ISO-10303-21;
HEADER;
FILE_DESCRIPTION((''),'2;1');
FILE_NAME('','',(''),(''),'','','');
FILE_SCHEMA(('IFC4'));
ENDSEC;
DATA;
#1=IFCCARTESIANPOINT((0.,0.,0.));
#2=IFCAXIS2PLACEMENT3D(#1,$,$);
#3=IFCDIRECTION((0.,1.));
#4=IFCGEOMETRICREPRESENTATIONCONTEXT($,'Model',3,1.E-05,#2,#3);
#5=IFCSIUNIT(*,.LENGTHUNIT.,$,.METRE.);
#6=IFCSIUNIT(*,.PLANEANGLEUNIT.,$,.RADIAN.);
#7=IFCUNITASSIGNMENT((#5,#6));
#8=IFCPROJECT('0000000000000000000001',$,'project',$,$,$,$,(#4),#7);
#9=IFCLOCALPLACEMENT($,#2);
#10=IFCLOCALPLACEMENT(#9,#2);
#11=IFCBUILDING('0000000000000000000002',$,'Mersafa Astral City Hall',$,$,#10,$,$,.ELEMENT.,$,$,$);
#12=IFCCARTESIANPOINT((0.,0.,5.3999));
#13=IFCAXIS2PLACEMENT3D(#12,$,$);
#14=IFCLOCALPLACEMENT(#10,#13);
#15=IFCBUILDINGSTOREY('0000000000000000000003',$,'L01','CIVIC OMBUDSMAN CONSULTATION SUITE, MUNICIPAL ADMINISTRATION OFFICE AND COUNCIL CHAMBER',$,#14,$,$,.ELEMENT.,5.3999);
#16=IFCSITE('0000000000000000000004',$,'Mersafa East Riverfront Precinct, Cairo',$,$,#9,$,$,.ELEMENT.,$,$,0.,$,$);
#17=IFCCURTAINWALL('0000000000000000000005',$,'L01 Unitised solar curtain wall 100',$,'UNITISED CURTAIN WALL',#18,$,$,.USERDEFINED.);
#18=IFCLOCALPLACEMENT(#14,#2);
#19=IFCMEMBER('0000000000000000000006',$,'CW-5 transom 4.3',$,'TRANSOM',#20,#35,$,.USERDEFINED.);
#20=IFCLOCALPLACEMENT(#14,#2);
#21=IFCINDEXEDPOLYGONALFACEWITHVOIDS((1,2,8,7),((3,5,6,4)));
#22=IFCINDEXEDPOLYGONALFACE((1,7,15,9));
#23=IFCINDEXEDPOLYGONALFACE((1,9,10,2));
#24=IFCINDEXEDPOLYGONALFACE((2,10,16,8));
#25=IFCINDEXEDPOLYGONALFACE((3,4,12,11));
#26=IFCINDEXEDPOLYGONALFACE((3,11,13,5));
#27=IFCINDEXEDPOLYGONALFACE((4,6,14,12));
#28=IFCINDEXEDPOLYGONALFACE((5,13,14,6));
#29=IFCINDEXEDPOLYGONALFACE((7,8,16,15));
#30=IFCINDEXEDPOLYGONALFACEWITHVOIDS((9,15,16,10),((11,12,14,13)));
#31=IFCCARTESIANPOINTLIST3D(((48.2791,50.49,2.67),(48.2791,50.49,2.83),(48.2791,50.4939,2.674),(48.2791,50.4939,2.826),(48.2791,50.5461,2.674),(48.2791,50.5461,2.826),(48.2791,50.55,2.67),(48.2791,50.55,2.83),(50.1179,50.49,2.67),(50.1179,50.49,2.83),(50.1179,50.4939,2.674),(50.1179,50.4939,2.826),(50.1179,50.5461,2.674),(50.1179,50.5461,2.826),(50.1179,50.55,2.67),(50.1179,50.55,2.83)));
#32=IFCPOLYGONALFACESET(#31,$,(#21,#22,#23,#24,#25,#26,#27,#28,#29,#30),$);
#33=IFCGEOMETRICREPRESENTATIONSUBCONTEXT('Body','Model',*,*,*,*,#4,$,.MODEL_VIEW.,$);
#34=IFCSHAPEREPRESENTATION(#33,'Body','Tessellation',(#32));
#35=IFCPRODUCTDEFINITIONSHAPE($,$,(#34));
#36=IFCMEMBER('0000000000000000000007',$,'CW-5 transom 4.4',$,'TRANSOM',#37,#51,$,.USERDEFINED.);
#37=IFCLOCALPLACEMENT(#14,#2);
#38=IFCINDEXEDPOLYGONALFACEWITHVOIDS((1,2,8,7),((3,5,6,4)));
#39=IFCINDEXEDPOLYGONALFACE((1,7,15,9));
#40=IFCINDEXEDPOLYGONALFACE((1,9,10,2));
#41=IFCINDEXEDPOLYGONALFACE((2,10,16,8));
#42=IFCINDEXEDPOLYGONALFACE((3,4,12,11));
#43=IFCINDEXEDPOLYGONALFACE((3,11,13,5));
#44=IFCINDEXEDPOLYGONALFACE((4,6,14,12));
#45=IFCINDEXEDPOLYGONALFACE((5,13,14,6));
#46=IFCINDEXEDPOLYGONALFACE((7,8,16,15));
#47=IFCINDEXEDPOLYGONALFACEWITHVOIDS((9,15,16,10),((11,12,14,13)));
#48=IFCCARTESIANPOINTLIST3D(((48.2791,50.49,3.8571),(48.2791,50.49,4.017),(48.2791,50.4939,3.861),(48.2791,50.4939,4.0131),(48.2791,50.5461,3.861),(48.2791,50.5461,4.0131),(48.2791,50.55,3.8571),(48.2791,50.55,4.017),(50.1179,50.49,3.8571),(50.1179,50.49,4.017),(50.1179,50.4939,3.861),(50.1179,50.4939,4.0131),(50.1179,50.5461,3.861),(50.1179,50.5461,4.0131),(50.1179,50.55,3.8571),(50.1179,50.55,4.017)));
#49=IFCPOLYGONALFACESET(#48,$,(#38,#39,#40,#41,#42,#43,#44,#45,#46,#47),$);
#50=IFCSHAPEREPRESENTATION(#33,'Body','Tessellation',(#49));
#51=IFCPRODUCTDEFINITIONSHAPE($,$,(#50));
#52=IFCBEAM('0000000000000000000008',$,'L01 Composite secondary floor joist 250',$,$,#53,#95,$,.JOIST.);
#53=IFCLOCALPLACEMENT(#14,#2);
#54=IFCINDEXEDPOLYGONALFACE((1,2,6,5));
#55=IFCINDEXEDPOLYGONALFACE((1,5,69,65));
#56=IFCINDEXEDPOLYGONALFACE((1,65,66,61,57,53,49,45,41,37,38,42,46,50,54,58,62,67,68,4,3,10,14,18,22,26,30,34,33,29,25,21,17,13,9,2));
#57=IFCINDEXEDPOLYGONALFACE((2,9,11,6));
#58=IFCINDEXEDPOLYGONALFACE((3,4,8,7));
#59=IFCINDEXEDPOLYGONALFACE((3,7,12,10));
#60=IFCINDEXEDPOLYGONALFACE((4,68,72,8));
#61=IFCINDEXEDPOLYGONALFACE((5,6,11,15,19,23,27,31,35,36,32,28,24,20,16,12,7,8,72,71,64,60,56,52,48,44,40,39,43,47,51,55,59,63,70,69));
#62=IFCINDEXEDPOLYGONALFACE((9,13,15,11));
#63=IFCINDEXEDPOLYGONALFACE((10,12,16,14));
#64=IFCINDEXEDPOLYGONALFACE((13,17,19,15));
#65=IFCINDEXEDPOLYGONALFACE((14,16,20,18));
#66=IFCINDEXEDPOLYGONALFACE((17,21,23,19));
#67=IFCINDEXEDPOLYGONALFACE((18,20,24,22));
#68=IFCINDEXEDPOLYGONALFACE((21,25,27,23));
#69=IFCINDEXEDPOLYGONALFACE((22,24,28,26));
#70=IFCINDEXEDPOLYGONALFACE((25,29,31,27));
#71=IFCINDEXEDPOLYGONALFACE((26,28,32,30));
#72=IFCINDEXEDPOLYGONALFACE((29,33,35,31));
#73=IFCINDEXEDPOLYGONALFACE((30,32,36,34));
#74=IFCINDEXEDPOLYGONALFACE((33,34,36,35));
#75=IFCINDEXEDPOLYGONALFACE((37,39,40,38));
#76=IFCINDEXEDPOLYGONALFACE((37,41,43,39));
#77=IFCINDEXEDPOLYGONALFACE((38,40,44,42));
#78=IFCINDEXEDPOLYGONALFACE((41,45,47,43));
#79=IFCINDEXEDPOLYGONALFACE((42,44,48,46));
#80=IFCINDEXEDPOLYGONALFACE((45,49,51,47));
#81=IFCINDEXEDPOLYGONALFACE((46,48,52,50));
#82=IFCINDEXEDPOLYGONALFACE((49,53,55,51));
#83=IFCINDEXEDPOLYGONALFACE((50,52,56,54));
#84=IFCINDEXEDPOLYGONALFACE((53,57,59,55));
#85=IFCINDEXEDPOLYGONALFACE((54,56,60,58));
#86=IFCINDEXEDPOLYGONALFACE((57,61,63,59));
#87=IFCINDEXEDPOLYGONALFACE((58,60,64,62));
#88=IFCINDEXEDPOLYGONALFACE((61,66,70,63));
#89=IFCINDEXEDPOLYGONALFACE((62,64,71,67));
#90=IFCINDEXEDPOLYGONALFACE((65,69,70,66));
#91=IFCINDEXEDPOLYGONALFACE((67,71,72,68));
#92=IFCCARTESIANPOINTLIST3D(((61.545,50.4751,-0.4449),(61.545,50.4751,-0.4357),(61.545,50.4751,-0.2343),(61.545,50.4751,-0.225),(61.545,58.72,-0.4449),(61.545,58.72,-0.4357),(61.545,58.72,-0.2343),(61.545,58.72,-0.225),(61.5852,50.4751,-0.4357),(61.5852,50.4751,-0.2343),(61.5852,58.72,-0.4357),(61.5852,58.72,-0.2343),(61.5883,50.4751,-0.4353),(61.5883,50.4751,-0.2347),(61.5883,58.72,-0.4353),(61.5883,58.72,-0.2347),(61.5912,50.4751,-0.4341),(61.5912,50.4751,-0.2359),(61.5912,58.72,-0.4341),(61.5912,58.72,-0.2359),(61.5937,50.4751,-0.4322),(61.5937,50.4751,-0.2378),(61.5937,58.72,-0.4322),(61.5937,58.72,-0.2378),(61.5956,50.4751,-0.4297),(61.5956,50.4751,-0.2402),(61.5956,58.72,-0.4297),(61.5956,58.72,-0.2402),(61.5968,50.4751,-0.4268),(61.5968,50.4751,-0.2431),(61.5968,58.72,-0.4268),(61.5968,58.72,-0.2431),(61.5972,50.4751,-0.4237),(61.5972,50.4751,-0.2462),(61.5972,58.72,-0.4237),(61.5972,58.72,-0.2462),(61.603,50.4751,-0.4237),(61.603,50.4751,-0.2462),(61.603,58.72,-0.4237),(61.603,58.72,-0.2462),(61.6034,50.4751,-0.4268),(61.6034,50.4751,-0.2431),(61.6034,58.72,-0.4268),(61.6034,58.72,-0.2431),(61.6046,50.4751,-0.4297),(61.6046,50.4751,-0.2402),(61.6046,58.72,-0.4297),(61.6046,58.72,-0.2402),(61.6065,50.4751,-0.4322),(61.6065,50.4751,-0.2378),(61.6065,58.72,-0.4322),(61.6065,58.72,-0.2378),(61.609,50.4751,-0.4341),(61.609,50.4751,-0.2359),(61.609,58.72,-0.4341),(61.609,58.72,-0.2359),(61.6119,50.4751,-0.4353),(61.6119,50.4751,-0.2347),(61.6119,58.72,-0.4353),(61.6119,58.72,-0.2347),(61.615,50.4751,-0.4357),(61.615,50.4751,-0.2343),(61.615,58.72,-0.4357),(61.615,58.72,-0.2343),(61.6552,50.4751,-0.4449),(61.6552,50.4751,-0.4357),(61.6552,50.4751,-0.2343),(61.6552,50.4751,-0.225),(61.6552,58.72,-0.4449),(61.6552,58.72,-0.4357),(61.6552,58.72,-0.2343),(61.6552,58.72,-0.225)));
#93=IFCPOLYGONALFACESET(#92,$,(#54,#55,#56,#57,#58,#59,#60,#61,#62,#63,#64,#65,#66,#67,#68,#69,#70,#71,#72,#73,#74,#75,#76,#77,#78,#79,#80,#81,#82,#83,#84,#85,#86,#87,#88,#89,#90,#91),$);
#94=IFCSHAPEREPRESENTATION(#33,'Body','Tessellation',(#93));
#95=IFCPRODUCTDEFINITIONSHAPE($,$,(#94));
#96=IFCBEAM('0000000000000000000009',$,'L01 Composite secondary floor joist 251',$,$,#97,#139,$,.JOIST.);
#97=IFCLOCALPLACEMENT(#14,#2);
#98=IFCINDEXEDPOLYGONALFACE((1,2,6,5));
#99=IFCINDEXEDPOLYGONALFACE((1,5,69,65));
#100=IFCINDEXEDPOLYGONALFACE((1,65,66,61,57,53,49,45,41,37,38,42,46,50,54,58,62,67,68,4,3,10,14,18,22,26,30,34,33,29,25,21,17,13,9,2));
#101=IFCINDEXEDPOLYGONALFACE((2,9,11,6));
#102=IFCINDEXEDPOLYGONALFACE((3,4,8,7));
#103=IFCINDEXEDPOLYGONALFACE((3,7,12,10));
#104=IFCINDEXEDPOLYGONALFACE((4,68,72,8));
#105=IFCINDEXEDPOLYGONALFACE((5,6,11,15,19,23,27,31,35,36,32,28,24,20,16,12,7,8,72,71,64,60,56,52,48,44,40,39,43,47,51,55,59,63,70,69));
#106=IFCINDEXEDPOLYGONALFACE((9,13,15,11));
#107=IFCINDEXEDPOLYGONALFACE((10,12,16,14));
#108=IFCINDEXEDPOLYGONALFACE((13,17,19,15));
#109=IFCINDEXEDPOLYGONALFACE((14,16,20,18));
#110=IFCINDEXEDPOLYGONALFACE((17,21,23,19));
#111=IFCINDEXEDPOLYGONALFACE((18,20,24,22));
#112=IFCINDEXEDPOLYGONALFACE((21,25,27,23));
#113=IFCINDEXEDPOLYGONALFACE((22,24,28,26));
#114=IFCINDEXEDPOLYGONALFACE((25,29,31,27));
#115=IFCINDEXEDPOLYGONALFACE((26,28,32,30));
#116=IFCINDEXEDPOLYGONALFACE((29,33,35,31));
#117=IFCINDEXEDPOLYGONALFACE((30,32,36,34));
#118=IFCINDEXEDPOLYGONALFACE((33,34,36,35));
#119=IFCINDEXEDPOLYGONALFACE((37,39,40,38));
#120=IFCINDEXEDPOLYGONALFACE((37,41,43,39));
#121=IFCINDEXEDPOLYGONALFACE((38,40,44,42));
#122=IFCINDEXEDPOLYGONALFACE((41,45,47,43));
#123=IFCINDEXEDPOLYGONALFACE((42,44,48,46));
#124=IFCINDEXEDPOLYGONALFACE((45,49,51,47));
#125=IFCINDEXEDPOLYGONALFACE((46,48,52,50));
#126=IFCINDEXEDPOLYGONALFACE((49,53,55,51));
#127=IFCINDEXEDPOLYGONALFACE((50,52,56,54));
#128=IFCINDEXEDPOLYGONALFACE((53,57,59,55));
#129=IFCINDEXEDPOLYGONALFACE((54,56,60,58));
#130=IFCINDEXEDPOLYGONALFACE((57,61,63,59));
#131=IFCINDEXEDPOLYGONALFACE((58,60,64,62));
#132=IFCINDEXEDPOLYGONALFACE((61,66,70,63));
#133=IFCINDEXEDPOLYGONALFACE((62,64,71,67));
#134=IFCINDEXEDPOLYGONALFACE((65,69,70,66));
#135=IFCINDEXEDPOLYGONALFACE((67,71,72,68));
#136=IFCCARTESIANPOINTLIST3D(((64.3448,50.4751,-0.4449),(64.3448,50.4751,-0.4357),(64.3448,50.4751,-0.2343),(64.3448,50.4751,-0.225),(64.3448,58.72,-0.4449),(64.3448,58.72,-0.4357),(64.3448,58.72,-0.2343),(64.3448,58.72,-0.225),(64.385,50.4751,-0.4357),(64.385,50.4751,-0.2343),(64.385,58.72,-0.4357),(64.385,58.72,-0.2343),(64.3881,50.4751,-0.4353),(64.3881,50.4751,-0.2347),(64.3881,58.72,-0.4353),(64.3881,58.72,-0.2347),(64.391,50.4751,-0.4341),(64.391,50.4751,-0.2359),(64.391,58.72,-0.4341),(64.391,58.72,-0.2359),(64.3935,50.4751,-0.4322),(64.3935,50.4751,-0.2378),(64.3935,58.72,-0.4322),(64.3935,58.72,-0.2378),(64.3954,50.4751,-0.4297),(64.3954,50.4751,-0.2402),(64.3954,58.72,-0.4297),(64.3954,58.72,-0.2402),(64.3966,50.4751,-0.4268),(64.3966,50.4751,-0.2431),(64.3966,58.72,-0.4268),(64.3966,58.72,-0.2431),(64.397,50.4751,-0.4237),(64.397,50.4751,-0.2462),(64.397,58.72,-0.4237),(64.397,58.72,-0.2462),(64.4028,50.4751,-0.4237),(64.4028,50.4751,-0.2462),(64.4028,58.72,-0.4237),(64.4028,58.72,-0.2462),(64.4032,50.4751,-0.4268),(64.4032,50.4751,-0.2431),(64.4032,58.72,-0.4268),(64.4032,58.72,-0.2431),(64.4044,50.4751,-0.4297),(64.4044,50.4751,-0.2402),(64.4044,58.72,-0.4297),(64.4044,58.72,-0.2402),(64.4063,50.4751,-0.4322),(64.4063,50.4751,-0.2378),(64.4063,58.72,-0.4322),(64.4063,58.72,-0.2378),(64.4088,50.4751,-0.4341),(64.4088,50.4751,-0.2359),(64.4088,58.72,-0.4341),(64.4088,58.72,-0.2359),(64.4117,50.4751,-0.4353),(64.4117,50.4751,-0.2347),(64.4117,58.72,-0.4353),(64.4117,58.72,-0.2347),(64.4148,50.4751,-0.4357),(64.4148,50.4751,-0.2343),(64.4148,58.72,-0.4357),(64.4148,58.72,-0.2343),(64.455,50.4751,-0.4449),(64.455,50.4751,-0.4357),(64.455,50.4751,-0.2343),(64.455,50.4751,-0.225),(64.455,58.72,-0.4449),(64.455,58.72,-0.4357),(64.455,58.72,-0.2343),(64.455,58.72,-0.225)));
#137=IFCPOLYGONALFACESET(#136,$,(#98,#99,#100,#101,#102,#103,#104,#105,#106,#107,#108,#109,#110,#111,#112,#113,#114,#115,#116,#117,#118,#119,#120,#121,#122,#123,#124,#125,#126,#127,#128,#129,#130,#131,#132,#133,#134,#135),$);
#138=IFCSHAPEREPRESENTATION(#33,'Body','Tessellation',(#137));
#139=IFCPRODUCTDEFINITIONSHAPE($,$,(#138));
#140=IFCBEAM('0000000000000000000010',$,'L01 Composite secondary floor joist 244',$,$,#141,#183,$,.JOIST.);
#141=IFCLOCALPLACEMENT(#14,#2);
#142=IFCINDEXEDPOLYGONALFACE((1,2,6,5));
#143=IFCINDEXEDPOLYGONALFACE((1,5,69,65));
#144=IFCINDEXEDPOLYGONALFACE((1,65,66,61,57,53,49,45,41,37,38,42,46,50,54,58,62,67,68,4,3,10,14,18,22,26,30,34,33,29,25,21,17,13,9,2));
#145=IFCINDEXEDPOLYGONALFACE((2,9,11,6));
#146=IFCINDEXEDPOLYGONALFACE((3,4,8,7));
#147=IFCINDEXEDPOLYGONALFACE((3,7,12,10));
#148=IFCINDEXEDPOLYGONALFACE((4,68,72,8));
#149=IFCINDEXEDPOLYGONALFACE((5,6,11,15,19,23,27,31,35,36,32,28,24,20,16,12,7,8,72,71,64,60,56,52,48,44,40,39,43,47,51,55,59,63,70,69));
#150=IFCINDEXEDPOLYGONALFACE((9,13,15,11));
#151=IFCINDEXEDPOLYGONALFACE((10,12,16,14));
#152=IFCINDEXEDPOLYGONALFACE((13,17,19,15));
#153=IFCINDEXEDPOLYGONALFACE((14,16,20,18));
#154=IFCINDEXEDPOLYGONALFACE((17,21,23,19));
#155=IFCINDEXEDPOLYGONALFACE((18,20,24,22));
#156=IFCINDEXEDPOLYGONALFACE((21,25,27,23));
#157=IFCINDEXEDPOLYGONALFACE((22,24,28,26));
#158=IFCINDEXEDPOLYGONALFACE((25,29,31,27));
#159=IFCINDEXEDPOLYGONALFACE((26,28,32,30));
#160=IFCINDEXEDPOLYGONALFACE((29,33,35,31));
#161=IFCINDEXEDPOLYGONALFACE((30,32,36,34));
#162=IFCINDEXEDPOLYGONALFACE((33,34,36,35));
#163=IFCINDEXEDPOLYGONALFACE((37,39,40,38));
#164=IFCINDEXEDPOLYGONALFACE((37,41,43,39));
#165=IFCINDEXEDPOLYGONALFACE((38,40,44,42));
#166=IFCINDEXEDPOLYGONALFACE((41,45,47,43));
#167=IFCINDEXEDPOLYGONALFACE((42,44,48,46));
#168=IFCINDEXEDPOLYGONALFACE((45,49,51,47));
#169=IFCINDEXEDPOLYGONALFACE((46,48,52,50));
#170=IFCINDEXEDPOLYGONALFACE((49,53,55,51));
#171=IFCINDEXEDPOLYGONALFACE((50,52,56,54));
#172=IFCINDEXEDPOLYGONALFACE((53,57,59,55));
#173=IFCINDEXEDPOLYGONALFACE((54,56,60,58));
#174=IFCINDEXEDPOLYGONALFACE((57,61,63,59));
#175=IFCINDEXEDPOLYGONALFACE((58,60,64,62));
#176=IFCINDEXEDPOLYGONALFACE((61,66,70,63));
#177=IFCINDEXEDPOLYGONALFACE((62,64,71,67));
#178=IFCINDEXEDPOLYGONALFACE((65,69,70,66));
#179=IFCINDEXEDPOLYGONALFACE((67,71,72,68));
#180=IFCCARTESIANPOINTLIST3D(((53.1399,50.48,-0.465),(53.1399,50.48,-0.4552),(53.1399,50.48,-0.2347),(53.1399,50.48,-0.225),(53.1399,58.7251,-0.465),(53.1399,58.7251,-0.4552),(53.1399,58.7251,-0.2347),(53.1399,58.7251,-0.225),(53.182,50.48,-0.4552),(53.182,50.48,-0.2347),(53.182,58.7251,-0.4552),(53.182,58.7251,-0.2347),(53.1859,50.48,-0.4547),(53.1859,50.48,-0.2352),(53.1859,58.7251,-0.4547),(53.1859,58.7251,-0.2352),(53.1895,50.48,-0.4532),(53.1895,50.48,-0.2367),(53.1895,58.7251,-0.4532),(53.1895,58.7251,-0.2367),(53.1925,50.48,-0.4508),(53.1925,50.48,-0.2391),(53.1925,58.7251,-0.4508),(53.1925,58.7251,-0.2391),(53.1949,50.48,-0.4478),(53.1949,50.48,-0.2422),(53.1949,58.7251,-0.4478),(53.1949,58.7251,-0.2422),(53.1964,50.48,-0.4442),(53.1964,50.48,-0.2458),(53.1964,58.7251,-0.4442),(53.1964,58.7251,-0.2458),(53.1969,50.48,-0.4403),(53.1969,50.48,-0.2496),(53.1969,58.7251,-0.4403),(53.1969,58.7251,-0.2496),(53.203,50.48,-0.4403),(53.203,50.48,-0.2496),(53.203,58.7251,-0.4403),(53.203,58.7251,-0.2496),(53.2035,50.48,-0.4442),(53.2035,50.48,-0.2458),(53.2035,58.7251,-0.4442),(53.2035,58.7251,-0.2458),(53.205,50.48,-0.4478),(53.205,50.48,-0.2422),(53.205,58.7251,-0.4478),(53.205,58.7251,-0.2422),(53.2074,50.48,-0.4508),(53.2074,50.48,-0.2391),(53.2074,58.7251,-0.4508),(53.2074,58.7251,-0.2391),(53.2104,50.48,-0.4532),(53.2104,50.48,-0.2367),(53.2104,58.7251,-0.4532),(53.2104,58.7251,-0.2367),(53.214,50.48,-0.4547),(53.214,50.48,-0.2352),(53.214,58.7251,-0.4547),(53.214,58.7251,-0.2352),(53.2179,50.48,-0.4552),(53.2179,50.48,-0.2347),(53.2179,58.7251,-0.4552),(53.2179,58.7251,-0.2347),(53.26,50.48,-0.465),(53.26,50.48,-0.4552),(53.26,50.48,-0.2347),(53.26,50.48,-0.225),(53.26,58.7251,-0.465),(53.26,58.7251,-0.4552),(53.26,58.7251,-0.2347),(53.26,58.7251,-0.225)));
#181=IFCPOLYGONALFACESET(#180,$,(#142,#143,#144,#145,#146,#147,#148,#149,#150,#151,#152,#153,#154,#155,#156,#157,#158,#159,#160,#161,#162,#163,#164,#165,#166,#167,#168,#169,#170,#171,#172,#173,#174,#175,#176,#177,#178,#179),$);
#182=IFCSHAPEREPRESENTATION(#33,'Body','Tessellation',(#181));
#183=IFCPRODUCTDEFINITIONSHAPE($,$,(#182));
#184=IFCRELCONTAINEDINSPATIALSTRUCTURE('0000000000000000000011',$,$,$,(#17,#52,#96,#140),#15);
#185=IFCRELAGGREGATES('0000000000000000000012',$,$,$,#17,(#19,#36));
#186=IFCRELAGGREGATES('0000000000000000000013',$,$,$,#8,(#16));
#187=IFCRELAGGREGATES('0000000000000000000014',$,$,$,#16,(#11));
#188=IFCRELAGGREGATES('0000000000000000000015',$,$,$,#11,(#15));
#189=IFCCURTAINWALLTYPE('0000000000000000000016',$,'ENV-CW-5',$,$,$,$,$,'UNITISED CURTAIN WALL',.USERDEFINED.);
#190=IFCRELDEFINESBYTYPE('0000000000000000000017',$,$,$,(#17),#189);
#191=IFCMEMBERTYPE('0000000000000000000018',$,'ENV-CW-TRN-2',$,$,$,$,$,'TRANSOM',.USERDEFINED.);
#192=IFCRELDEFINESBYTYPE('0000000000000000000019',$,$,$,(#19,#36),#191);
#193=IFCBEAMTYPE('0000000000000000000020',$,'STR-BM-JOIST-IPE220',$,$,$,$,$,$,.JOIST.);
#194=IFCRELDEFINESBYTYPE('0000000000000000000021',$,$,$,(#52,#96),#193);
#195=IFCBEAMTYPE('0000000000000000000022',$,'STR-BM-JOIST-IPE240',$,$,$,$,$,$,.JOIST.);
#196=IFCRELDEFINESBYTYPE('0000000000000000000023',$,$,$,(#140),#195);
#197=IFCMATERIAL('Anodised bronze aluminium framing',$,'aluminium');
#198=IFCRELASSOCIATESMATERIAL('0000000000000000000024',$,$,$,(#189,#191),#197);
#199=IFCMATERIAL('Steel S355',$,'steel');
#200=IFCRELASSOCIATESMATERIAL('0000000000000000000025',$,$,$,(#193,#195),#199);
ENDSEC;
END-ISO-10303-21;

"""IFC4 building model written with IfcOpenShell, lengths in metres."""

from ifc_helpers import new_model, si_unit, direction, frame, origin, origin_2d, place, context, subcontext, project, spatial, hollow_rectangle, i_section, extrude, material, material_profile, profile_set, type_object, element, aggregate, save


model = new_model("IFC4")

# Units and contexts
model_context = context("Model", 3, precision=1e-05, world=origin(), true_north=direction((0.0, 1.0)))
body_context = subcontext(model_context, "Body", "Model", "MODEL_VIEW")
ifc_project = project(units=[si_unit("LENGTHUNIT", "METRE"), si_unit("PLANEANGLEUNIT", "RADIAN")], contexts=[model_context])

# Site, building, storey
site_placement = place(None, origin())
site = spatial("IfcSite", under=ifc_project, at=site_placement, Name="Mersafa East Riverfront Precinct, Cairo", CompositionType="ELEMENT", RefElevation=0.0)
building_placement = place(site_placement, origin())
building = spatial("IfcBuilding", under=site, at=building_placement, Name="Mersafa Astral City Hall", CompositionType="ELEMENT")
storey_placement = place(building_placement, frame((0.0, 0.0, 5.3999)))
storey = spatial("IfcBuildingStorey", under=building, at=storey_placement, Name="L01", Description="CIVIC OMBUDSMAN CONSULTATION SUITE, MUNICIPAL ADMINISTRATION OFFICE AND COUNCIL CHAMBER", CompositionType="ELEMENT", Elevation=5.3999)

# Shared definitions
ifc_material_1 = material(Name="Steel S355", Category="steel")

# Curtain wall, members
ifc_material_2 = material(Name="Anodised bronze aluminium framing", Category="aluminium")
curtain_wall_type = type_object("IfcCurtainWallType", Name="ENV-CW-5", ElementType="UNITISED CURTAIN WALL", PredefinedType="USERDEFINED", material=ifc_material_2)
curtain_wall_placement = place(storey_placement, origin())
curtain_wall = element("IfcCurtainWall", 1, at=curtain_wall_placement, inside=storey, type_object=curtain_wall_type, Name="L01 Unitised solar curtain wall 100", ObjectType="UNITISED CURTAIN WALL", PredefinedType="USERDEFINED")
ifc_material_profile_1 = material_profile(ifc_material_2, hollow_rectangle(XDim=0.0601, YDim=0.1599, WallThickness=0.0039, at=origin_2d()), Name="RHS 60x160x4")
ifc_profile_set_1 = profile_set([ifc_material_profile_1], Name="Anodised bronze aluminium framing")
member_type_1 = type_object("IfcMemberType", Name="ENV-CW-TRN-2", ElementType="TRANSOM", PredefinedType="USERDEFINED", material=ifc_profile_set_1)
member_1_placement = place(storey_placement, frame((48.2791, 50.52, 2.75), z_axis=(1.0, 0.0, 0.0), x_axis=(0.0, 1.0, 0.0)))
member_1 = element("IfcMember", 2, at=member_1_placement, type_object=member_type_1, Name="CW-5 transom 4.3", ObjectType="TRANSOM", PredefinedType="USERDEFINED", context=body_context, shape_type="SweptSolid", body=[
    extrude(hollow_rectangle(XDim=0.0601, YDim=0.1599, WallThickness=0.0039, at=origin_2d()), origin(), (0.0, 0.0, 1.0), 1.8389),
])
member_2_placement = place(storey_placement, frame((48.2791, 50.52, 3.937), z_axis=(1.0, 0.0, 0.0), x_axis=(0.0, 1.0, 0.0)))
member_2 = element("IfcMember", 3, at=member_2_placement, type_object=member_type_1, Name="CW-5 transom 4.4", ObjectType="TRANSOM", PredefinedType="USERDEFINED", context=body_context, shape_type="SweptSolid", body=[
    extrude(hollow_rectangle(XDim=0.0601, YDim=0.1599, WallThickness=0.0039, at=origin_2d()), origin(), (0.0, 0.0, 1.0), 1.8389),
])

# Beams
ifc_material_profile_2 = material_profile(ifc_material_1, i_section(OverallWidth=0.1101, OverallDepth=0.22, WebThickness=0.0059, FlangeThickness=0.0093, FilletRadius=0.012, at=origin_2d()), Name="IPE 220")
ifc_profile_set_2 = profile_set([ifc_material_profile_2], Name="Steel S355")
beam_type_1 = type_object("IfcBeamType", Name="STR-BM-JOIST-IPE220", PredefinedType="JOIST", material=ifc_profile_set_2)
for number, where, z_axis, x_axis, name in (
    (4, (61.6001, 50.4751, -0.335), (0.0, 1.0, 0.0), (-1.0, 0.0, 0.0), "L01 Composite secondary floor joist 250"),
    (5, (64.3999, 50.4751, -0.335), (0.0, 1.0, 0.0), (-1.0, 0.0, 0.0), "L01 Composite secondary floor joist 251"),
):
    element("IfcBeam", number, at=place(storey_placement, frame(where, z_axis=z_axis, x_axis=x_axis)), inside=storey, type_object=beam_type_1, Name=name, PredefinedType="JOIST", context=body_context, shape_type="SweptSolid", body=[
        extrude(i_section(OverallWidth=0.1101, OverallDepth=0.22, WebThickness=0.0059, FlangeThickness=0.0093, FilletRadius=0.012, at=origin_2d()), origin(), (0.0, 0.0, 1.0), 8.2449),
    ])
ifc_material_profile_3 = material_profile(ifc_material_1, i_section(OverallWidth=0.1201, OverallDepth=0.24, WebThickness=0.0061, FlangeThickness=0.0098, FilletRadius=0.0149, at=origin_2d()), Name="IPE 240")
ifc_profile_set_3 = profile_set([ifc_material_profile_3], Name="Steel S355")
beam_type_2 = type_object("IfcBeamType", Name="STR-BM-JOIST-IPE240", PredefinedType="JOIST", material=ifc_profile_set_3)
for number, where, z_axis, x_axis, name in (
    (6, (53.2, 50.48, -0.345), (0.0, 1.0, 0.0), (-1.0, 0.0, 0.0), "L01 Composite secondary floor joist 244"),
):
    element("IfcBeam", number, at=place(storey_placement, frame(where, z_axis=z_axis, x_axis=x_axis)), inside=storey, type_object=beam_type_2, Name=name, PredefinedType="JOIST", context=body_context, shape_type="SweptSolid", body=[
        extrude(i_section(OverallWidth=0.1201, OverallDepth=0.24, WebThickness=0.0061, FlangeThickness=0.0098, FilletRadius=0.0149, at=origin_2d()), origin(), (0.0, 0.0, 1.0), 8.2451),
    ])

aggregate(curtain_wall, [member_1, member_2])

save(model, "model.ifc")
